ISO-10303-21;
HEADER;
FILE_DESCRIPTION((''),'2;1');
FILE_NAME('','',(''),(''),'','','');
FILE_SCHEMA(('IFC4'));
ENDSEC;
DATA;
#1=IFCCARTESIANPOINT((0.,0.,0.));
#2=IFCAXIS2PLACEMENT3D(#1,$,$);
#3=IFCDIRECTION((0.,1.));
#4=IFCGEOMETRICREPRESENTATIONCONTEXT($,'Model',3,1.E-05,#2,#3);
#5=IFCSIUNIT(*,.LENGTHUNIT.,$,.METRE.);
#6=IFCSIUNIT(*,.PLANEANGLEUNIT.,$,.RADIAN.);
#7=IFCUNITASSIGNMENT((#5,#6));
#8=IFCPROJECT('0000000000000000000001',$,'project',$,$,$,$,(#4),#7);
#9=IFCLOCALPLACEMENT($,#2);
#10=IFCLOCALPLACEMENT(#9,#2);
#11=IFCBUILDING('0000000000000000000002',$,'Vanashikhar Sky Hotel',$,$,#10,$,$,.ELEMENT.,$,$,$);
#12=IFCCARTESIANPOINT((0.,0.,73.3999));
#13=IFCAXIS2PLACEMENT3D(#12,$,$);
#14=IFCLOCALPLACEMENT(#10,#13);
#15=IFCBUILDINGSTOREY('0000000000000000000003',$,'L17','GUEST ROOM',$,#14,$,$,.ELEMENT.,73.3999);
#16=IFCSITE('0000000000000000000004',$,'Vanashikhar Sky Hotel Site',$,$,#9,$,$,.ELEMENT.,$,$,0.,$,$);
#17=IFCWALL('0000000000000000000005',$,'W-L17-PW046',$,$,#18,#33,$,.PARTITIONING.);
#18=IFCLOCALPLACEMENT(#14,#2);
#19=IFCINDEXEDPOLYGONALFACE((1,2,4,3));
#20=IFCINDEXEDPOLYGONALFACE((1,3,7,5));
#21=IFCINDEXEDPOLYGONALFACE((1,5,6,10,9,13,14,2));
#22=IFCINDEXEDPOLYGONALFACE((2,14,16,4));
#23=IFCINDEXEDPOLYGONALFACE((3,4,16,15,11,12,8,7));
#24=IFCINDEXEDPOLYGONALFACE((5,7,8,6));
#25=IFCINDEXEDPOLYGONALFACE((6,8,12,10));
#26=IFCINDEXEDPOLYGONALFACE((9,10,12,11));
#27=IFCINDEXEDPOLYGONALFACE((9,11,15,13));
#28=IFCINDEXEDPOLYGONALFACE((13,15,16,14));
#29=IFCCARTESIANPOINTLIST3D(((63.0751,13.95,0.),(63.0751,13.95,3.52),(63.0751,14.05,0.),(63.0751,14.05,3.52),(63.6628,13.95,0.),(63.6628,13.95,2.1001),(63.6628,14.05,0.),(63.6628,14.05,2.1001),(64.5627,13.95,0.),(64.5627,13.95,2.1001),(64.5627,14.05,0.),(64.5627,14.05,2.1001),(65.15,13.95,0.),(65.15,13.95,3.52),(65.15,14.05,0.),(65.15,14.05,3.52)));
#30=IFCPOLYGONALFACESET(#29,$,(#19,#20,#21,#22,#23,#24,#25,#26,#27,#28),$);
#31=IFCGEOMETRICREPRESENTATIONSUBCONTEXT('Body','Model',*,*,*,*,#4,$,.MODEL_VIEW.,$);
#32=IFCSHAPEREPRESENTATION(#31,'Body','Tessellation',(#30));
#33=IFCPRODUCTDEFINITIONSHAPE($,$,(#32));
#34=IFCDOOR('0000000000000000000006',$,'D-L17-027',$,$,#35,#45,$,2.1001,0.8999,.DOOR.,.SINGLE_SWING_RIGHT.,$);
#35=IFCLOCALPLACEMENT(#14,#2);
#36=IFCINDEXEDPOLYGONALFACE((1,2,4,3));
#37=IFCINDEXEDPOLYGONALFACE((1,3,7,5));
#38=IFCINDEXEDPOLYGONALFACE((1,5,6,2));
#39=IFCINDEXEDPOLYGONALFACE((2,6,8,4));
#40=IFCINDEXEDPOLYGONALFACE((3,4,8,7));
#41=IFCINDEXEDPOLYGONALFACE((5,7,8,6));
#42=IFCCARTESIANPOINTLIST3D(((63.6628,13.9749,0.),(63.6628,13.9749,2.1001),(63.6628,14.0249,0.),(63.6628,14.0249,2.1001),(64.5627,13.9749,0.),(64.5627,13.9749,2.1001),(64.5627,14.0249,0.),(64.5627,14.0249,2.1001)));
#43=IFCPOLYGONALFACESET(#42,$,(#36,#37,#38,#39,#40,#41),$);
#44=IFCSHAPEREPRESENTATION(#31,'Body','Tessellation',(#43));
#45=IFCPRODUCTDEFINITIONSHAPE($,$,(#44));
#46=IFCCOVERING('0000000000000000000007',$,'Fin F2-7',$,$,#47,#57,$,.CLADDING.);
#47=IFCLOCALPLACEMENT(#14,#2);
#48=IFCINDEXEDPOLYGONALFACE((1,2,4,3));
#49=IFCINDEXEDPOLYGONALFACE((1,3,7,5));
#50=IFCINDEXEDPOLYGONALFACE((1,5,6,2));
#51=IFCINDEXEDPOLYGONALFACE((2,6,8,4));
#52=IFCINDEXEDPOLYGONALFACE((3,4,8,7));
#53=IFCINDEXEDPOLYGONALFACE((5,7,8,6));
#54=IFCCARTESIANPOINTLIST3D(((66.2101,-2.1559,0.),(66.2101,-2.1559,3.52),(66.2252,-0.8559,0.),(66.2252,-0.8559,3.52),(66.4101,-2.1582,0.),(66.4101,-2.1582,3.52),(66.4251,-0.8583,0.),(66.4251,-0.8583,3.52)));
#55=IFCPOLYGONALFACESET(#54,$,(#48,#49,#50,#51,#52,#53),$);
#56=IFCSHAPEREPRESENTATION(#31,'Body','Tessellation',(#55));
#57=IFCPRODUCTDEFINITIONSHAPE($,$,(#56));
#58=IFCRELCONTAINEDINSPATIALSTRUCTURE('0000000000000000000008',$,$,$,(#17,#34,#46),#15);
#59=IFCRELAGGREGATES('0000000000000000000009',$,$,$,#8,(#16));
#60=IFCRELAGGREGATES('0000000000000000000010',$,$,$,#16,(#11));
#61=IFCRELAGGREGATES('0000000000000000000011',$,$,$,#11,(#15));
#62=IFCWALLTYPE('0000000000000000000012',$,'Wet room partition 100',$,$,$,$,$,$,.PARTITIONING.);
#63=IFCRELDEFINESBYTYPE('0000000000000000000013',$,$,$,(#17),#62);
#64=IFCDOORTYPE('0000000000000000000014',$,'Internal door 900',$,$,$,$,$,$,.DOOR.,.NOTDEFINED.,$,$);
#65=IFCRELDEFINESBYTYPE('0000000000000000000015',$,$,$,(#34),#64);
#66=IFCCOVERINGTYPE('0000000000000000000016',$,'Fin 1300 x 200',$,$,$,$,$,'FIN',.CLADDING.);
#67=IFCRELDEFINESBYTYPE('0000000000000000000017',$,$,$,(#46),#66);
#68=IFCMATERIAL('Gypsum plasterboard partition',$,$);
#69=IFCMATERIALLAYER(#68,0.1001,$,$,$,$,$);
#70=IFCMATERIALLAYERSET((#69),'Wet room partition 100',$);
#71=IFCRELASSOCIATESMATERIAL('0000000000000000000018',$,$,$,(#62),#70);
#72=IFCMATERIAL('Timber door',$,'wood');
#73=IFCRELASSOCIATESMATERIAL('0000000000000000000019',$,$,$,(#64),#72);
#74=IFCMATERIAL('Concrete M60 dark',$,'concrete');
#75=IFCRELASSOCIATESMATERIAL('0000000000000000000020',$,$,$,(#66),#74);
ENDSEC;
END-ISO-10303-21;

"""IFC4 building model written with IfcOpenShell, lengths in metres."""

from ifc_helpers import new_model, si_unit, direction, frame, frame_2d, origin, origin_2d, place, context, subcontext, project, spatial, rectangle, extrude, source, transform, mapped, material, layer, layer_set, material_profile, profile_set, type_object, element, fill, save


model = new_model("IFC4")

# Units and contexts
model_context = context("Model", 3, precision=1e-05, world=origin(), true_north=direction((0.0, 1.0)))
body_context = subcontext(model_context, "Body", "Model", "MODEL_VIEW")
ifc_project = project(units=[si_unit("LENGTHUNIT", "METRE"), si_unit("PLANEANGLEUNIT", "RADIAN")], contexts=[model_context])

# Site, building, storey
site_placement = place(None, origin())
site = spatial("IfcSite", under=ifc_project, at=site_placement, Name="Vanashikhar Sky Hotel Site", CompositionType="ELEMENT", RefElevation=0.0)
building_placement = place(site_placement, origin())
building = spatial("IfcBuilding", under=site, at=building_placement, Name="Vanashikhar Sky Hotel", CompositionType="ELEMENT")
storey_placement = place(building_placement, frame((0.0, 0.0, 73.3999)))
storey = spatial("IfcBuildingStorey", under=building, at=storey_placement, Name="L17", Description="GUEST ROOM", CompositionType="ELEMENT", Elevation=73.3999)

# Shared definitions
ifc_material_1 = material(Name="Gypsum plasterboard partition")

# Wall, opening, door
ifc_layer_1 = layer(ifc_material_1, 0.1001)
ifc_layer_set_1 = layer_set([ifc_layer_1], Name="Wet room partition 100")
wall_type_1 = type_object("IfcWallType", Name="Wet room partition 100", PredefinedType="PARTITIONING", material=ifc_layer_set_1)
shared_shape_1 = source(origin(), body_context, "Body", "SweptSolid", [
    extrude(rectangle(XDim=2.075, YDim=0.1001, at=frame_2d((1.0376, 0.0))), origin(), (0.0, 0.0, 1.0), 3.52),
])
shared_shape_2 = source(origin(), body_context, "Body", "SweptSolid", [
    extrude(rectangle(XDim=0.8999, YDim=2.1001, at=frame_2d((0.45, 1.05))), frame((0.0, 0.0601, 0.0), z_axis=(0.0, -1.0, 0.0), x_axis=(1.0, 0.0, 0.0)), (0.0, 0.0, 1.0), 0.1201),
])
ifc_material_2 = material(Name="Timber door", Category="wood")
door_type_1 = type_object("IfcDoorType", Name="Internal door 900", OperationType="NOTDEFINED", PredefinedType="DOOR", material=ifc_material_2)
shared_shape_3 = source(origin(), body_context, "Body", "SweptSolid", [
    extrude(rectangle(XDim=0.8999, YDim=2.1001, at=frame_2d((0.45, 1.05))), frame((0.0, 0.0249, 0.0), z_axis=(0.0, -1.0, 0.0), x_axis=(1.0, 0.0, 0.0)), (0.0, 0.0, 1.0), 0.05),
])
wall_1_placement = place(storey_placement, frame((63.075, 14.0, 0.0), z_axis=(0.0, 0.0, 1.0), x_axis=(1.0, 0.0, 0.0)))
wall_1 = element("IfcWall", 1, at=wall_1_placement, inside=storey, type_object=wall_type_1, Name="W-L17-PW046", PredefinedType="PARTITIONING", context=body_context, shape_type="MappedRepresentation", body=[
    mapped(shared_shape_1, transform((0.0, 0.0, 0.0), scale=1.0)),
])
opening_1_placement = place(wall_1_placement, frame((0.5879, 0.0, 0.0)))
opening_1 = element("IfcOpeningElement", 2, at=opening_1_placement, cuts=wall_1, PredefinedType="OPENING", context=body_context, shape_type="MappedRepresentation", body=[
    mapped(shared_shape_2, transform((0.0, 0.0, 0.0), scale=1.0)),
])
door_1_placement = place(opening_1_placement, origin())
door_1 = element("IfcDoor", 3, at=door_1_placement, inside=storey, type_object=door_type_1, Name="D-L17-027", OperationType="SINGLE_SWING_RIGHT", OverallHeight=2.1001, OverallWidth=0.8999, PredefinedType="DOOR", context=body_context, shape_type="MappedRepresentation", body=[
    mapped(shared_shape_3, transform((0.0, 0.0, 0.0), scale=1.0)),
])
fill(opening_1, door_1)

# Covering
ifc_material_3 = material(Name="Concrete M60 dark", Category="concrete")
ifc_material_profile_1 = material_profile(ifc_material_3, rectangle(XDim=1.3, YDim=0.2, at=origin_2d()))
ifc_profile_set_1 = profile_set([ifc_material_profile_1], Name="Fin 1300 x 200")
covering_type = type_object("IfcCoveringType", Name="Fin 1300 x 200", ElementType="FIN", PredefinedType="CLADDING", material=ifc_profile_set_1)
shared_shape_4 = source(origin(), body_context, "Body", "SweptSolid", [
    extrude(rectangle(XDim=1.3, YDim=0.2, at=origin_2d()), origin(), (0.0, 0.0, 1.0), 3.52),
])
covering_placement = place(storey_placement, frame((66.3176, -1.5071, 0.0), z_axis=(0.0, 0.0, 1.0), x_axis=(-0.011589, -0.999933, 0.0)))
element("IfcCovering", 4, at=covering_placement, inside=storey, type_object=covering_type, Name="Fin F2-7", PredefinedType="CLADDING", context=body_context, shape_type="MappedRepresentation", body=[
    mapped(shared_shape_4, transform((0.0, 0.0, 0.0), scale=1.0)),
])

save(model, "model.ifc")
